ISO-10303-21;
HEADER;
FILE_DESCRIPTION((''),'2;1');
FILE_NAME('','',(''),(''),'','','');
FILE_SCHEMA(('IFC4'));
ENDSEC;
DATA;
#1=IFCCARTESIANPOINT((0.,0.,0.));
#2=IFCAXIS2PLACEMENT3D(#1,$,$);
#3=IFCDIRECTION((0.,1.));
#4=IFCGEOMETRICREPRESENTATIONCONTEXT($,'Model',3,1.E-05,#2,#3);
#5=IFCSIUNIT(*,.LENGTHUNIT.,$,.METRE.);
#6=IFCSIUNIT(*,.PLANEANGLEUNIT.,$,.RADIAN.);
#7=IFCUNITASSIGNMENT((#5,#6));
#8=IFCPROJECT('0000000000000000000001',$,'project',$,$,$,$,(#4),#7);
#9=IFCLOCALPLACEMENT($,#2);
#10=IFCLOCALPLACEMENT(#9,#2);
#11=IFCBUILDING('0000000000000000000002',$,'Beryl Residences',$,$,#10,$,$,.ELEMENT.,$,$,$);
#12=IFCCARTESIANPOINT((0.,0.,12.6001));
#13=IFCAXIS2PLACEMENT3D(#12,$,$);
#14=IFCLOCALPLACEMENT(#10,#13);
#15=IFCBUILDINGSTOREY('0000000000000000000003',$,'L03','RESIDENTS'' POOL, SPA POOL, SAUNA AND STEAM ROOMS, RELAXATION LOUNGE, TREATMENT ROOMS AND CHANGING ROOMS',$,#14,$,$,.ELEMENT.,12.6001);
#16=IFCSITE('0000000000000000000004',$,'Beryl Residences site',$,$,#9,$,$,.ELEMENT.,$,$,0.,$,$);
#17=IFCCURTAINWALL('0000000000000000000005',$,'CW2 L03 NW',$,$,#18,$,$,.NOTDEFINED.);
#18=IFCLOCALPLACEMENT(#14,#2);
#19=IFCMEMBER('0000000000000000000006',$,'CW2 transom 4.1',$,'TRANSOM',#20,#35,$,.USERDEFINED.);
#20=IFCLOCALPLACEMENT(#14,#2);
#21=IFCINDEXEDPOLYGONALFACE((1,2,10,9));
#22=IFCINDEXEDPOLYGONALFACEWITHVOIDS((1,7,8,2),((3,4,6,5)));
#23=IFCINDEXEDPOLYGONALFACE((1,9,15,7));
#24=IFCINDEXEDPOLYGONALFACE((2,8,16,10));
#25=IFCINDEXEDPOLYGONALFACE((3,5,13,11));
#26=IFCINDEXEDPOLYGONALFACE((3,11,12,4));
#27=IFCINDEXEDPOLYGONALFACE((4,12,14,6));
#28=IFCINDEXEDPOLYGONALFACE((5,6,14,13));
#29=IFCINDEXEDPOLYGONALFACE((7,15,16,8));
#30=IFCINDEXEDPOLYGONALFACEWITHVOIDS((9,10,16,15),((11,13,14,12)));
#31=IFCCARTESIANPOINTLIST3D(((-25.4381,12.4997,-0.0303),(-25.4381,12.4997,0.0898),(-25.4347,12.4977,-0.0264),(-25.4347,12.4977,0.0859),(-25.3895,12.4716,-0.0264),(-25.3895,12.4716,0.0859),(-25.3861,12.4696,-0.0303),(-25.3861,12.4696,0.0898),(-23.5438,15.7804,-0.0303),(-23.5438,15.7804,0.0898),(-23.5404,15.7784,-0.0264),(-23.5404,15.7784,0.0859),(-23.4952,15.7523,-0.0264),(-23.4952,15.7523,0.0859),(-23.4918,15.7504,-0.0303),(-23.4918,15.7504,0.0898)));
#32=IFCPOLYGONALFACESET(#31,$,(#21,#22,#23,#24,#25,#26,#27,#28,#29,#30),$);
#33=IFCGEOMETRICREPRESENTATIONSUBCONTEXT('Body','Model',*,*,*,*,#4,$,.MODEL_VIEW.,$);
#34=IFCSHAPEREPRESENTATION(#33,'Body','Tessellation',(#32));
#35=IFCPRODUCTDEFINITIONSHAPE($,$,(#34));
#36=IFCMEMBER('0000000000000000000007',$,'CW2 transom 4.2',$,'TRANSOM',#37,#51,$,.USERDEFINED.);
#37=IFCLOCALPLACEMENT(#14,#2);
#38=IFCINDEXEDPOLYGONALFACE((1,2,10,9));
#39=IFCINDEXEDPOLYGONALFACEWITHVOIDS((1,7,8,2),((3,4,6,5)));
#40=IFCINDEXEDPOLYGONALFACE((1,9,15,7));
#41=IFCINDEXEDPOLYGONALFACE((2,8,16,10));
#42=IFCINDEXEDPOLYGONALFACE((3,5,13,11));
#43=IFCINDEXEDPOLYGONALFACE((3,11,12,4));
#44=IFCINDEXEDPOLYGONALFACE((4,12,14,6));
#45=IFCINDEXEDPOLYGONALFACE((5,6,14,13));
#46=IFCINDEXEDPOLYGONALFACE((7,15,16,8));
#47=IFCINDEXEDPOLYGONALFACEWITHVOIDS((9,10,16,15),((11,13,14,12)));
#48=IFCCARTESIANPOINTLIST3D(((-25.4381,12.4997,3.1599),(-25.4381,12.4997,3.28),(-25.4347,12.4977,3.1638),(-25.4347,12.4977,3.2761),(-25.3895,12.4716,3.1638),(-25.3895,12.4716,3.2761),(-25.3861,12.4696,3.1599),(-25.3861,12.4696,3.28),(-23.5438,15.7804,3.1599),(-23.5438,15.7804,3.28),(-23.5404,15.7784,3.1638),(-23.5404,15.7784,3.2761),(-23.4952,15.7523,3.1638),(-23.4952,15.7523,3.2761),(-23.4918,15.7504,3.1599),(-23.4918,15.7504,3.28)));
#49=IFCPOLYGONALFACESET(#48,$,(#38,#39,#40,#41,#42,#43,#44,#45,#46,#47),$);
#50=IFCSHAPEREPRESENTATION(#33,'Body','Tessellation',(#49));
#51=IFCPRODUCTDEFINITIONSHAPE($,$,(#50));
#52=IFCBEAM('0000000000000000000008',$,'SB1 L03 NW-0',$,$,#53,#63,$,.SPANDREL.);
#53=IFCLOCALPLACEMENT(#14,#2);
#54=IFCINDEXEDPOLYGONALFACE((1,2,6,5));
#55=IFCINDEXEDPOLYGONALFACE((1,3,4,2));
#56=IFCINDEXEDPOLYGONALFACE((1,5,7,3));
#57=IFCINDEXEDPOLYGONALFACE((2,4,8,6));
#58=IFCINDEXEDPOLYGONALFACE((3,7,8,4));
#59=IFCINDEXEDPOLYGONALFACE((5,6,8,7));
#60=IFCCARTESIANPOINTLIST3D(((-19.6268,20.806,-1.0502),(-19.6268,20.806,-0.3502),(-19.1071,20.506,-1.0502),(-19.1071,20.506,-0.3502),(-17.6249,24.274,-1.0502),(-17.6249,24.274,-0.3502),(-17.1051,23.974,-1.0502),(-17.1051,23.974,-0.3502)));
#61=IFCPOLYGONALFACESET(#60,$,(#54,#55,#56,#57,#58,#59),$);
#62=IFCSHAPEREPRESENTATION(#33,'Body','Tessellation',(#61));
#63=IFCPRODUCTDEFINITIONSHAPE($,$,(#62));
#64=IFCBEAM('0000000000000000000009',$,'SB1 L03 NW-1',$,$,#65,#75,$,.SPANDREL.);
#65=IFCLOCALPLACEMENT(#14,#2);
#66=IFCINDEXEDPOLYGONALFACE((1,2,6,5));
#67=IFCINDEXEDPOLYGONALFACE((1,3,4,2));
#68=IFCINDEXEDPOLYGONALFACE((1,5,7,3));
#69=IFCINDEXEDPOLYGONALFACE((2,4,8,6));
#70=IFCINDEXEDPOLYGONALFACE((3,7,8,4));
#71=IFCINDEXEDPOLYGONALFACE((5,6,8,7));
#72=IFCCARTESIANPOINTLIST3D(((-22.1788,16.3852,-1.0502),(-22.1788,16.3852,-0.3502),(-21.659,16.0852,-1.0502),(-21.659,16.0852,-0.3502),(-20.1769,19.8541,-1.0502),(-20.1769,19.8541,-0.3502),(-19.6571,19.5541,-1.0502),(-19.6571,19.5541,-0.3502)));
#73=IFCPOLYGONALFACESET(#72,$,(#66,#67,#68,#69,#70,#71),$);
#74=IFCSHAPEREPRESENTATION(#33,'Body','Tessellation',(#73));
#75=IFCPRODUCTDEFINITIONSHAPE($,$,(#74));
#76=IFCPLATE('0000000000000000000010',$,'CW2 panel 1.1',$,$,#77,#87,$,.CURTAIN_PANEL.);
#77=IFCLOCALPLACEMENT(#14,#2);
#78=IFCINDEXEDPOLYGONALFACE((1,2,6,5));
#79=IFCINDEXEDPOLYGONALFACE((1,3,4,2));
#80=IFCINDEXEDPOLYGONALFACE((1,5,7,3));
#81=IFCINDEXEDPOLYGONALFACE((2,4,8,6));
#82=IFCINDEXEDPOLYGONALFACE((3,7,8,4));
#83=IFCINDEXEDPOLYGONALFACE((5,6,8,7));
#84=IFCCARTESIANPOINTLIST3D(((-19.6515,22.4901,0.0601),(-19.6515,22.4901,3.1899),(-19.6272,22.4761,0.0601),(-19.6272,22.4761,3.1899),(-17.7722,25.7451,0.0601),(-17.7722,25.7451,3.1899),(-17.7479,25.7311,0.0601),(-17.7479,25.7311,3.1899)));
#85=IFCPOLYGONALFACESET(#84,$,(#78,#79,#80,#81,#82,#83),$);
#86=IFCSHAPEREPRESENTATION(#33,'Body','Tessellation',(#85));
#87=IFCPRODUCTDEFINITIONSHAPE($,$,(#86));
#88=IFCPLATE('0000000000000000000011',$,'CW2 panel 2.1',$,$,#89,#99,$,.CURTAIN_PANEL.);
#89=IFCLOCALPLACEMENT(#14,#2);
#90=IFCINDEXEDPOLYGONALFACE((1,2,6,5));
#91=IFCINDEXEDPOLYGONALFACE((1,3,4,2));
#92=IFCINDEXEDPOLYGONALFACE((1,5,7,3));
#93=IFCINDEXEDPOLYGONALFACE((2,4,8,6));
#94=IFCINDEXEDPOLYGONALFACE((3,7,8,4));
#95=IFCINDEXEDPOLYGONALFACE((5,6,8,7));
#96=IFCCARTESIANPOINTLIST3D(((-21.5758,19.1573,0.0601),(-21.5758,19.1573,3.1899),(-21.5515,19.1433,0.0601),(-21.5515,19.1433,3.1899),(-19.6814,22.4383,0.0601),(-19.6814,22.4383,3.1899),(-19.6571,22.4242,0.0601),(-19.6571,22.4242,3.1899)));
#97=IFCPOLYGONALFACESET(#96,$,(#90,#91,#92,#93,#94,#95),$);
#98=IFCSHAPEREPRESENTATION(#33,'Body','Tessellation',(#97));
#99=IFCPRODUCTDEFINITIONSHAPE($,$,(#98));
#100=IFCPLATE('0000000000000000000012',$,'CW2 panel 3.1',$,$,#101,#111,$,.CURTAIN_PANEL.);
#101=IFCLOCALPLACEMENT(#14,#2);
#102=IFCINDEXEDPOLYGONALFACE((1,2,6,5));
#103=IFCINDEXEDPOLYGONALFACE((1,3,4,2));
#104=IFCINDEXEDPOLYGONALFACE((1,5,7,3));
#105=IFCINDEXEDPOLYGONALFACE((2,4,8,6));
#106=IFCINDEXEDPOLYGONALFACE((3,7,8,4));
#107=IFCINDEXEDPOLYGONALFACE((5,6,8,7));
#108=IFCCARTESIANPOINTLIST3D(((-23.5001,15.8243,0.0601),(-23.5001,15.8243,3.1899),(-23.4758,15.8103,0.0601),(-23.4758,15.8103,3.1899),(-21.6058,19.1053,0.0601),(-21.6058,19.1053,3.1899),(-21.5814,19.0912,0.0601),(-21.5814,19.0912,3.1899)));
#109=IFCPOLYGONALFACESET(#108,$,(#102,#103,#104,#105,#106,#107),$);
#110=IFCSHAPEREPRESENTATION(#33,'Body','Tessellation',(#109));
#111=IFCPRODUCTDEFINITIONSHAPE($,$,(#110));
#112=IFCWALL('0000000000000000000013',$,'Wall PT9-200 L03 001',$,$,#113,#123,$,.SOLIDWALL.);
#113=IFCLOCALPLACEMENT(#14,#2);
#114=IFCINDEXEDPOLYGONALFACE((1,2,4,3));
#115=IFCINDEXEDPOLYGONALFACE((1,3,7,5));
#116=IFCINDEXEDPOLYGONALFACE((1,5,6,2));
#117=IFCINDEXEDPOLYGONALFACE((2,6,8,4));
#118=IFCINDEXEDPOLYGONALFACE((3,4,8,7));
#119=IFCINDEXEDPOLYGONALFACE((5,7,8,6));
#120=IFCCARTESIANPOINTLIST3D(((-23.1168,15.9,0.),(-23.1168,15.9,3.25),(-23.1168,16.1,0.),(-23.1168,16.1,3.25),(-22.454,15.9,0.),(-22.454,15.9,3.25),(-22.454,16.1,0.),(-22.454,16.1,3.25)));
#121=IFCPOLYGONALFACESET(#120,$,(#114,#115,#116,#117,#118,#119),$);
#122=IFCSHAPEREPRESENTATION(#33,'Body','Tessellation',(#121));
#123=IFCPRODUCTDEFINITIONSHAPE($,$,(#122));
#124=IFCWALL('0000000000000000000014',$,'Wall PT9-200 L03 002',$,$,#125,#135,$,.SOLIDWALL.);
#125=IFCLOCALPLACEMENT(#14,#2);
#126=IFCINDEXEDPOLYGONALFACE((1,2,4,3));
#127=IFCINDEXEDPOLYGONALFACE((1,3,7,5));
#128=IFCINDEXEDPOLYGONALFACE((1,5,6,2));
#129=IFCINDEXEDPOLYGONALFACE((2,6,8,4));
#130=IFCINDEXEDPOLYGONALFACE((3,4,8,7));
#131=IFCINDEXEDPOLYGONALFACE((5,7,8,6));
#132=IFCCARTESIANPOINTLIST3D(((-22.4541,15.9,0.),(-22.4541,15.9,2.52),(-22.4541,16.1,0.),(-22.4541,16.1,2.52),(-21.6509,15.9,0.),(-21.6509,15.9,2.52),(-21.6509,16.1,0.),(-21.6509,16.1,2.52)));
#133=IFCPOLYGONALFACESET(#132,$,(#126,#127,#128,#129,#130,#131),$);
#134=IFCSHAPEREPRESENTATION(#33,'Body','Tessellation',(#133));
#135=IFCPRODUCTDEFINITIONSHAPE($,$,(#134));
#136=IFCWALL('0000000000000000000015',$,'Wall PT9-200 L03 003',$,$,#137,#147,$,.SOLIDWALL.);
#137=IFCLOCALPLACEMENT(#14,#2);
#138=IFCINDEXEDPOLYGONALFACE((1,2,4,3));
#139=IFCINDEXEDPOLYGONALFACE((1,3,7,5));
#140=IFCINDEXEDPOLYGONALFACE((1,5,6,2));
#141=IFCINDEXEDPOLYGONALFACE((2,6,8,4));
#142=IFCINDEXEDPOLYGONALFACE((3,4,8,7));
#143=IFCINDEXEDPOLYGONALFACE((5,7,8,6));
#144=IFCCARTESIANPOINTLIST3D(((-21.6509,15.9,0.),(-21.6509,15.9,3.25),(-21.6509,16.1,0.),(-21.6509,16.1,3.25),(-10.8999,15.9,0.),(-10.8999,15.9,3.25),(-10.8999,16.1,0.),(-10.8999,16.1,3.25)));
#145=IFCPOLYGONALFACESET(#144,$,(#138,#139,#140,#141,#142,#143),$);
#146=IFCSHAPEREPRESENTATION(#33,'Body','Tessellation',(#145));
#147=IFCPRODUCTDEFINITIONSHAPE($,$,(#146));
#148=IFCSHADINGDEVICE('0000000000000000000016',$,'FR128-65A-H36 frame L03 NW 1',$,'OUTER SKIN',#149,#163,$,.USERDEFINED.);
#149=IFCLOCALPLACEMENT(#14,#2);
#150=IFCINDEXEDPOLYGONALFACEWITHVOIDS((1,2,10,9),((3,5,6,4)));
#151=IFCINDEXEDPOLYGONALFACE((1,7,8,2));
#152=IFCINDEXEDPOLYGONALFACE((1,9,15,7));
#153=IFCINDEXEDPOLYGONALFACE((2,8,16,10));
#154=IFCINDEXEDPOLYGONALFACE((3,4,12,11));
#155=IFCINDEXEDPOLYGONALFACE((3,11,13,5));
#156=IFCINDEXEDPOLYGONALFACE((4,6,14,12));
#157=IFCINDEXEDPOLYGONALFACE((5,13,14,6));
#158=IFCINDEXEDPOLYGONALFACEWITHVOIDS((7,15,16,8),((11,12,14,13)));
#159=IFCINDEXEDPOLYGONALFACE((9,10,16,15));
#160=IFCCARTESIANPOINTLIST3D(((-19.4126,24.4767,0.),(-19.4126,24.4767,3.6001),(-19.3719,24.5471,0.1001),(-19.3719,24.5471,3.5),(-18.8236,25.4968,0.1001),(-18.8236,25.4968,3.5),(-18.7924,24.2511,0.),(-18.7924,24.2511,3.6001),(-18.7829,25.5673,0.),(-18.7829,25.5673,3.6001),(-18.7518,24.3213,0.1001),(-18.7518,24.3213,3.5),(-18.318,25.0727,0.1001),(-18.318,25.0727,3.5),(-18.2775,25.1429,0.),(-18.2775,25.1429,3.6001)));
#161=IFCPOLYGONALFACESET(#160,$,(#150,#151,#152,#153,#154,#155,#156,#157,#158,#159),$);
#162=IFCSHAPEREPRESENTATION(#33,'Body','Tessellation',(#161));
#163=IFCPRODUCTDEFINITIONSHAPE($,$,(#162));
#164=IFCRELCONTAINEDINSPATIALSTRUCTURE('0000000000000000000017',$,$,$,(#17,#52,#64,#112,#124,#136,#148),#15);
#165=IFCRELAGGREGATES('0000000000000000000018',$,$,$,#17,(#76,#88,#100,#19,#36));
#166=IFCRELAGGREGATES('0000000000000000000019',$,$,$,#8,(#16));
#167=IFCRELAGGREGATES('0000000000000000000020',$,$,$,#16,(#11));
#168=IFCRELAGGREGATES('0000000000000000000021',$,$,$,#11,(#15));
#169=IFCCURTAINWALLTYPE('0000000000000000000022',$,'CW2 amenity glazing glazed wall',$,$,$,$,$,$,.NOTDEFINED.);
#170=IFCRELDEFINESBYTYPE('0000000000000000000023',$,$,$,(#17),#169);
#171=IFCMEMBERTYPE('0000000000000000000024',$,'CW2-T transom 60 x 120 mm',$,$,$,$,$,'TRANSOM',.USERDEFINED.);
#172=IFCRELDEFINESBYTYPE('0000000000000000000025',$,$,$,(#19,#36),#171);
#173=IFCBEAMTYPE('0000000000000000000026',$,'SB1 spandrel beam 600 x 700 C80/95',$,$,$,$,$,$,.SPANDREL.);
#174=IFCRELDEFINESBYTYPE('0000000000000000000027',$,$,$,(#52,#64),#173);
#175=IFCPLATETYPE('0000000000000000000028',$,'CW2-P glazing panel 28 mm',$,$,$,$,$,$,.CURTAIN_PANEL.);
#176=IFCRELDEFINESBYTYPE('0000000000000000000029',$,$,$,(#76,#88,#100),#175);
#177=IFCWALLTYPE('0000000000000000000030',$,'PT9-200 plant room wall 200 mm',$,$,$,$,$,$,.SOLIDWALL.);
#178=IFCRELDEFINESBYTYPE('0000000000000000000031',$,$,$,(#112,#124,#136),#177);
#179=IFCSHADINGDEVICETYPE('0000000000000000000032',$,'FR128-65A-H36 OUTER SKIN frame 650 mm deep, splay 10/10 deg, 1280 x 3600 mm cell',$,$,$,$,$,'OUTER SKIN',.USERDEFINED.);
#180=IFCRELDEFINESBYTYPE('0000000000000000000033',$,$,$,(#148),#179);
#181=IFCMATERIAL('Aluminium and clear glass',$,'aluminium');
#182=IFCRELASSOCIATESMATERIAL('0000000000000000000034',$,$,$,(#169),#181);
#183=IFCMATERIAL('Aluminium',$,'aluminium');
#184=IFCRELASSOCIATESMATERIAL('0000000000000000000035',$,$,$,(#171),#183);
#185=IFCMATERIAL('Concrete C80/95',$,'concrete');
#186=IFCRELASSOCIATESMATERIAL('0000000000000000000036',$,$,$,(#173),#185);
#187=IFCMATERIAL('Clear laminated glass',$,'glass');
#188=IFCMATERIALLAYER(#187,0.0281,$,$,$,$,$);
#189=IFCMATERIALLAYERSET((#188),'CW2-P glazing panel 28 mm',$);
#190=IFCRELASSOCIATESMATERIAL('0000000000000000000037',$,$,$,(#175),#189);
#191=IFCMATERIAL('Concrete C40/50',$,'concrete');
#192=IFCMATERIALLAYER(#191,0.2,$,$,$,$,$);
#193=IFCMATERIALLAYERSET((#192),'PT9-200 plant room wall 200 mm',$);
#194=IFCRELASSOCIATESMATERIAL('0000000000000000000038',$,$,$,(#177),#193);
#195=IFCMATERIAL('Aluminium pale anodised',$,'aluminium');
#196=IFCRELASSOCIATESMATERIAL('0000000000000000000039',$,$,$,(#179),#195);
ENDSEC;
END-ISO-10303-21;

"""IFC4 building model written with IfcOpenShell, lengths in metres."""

from ifc_helpers import new_model, entity, si_unit, direction, frame, frame_2d, origin, origin_2d, place, context, subcontext, project, spatial, rectangle, hollow_rectangle, extrude, source, transform, mapped, material, layer, layer_set, material_profile, profile_set, type_object, type_shapes, element, aggregate, save


model = new_model("IFC4")

# Units and contexts
model_context = context("Model", 3, precision=1e-05, world=origin(), true_north=direction((0.0, 1.0)))
body_context = subcontext(model_context, "Body", "Model", "MODEL_VIEW")
ifc_project = project(units=[si_unit("LENGTHUNIT", "METRE"), si_unit("PLANEANGLEUNIT", "RADIAN")], contexts=[model_context])

# Site, building, storey
site_placement = place(None, origin())
site = spatial("IfcSite", under=ifc_project, at=site_placement, Name="Beryl Residences site", CompositionType="ELEMENT", RefElevation=0.0)
building_placement = place(site_placement, origin())
building = spatial("IfcBuilding", under=site, at=building_placement, Name="Beryl Residences", CompositionType="ELEMENT")
storey_placement = place(building_placement, frame((0.0, 0.0, 12.6001)))
storey = spatial("IfcBuildingStorey", under=building, at=storey_placement, Name="L03", Description="RESIDENTS' POOL, SPA POOL, SAUNA AND STEAM ROOMS, RELAXATION LOUNGE, TREATMENT ROOMS AND CHANGING ROOMS", CompositionType="ELEMENT", Elevation=12.6001)

# Curtain wall, members
ifc_material_1 = material(Name="Aluminium and clear glass", Category="aluminium")
curtain_wall_type = type_object("IfcCurtainWallType", Name="CW2 amenity glazing glazed wall", PredefinedType="NOTDEFINED", material=ifc_material_1)
curtain_wall_placement = place(storey_placement, origin())
curtain_wall = element("IfcCurtainWall", 1, at=curtain_wall_placement, inside=storey, type_object=curtain_wall_type, Name="CW2 L03 NW", PredefinedType="NOTDEFINED")
ifc_material_2 = material(Name="Aluminium", Category="aluminium")
ifc_material_profile_1 = material_profile(ifc_material_2, hollow_rectangle(XDim=0.0601, YDim=0.1201, WallThickness=0.0039, at=origin_2d()))
ifc_profile_set_1 = profile_set([ifc_material_profile_1], Name="Aluminium")
member_type_1 = type_object("IfcMemberType", Name="CW2-T transom 60 x 120 mm", ElementType="TRANSOM", PredefinedType="USERDEFINED", material=ifc_profile_set_1)
member_1_placement = place(storey_placement, frame((-23.5178, 15.7654, 0.0298), z_axis=(-0.500027, -0.86601, 0.0), x_axis=(0.86601, -0.500027, 0.0)))
member_1 = element("IfcMember", 2, at=member_1_placement, type_object=member_type_1, Name="CW2 transom 4.1", ObjectType="TRANSOM", PredefinedType="USERDEFINED", context=body_context, shape_type="SweptSolid", body=[
    extrude(hollow_rectangle(XDim=0.0601, YDim=0.1201, WallThickness=0.0039, at=origin_2d()), origin(), (0.0, 0.0, 1.0), 3.7883),
])
member_2_placement = place(storey_placement, frame((-23.5178, 15.7654, 3.22), z_axis=(-0.500027, -0.86601, 0.0), x_axis=(0.86601, -0.500027, 0.0)))
member_2 = element("IfcMember", 3, at=member_2_placement, type_object=member_type_1, Name="CW2 transom 4.2", ObjectType="TRANSOM", PredefinedType="USERDEFINED", context=body_context, shape_type="SweptSolid", body=[
    extrude(hollow_rectangle(XDim=0.0601, YDim=0.1201, WallThickness=0.0039, at=origin_2d()), origin(), (0.0, 0.0, 1.0), 3.7883),
])

# Beams
ifc_material_3 = material(Name="Concrete C80/95", Category="concrete")
ifc_material_profile_2 = material_profile(ifc_material_3, rectangle(XDim=0.6001, YDim=0.7, at=origin_2d()))
ifc_profile_set_2 = profile_set([ifc_material_profile_2], Name="Concrete C80/95")
beam_type = type_object("IfcBeamType", Name="SB1 spandrel beam 600 x 700 C80/95", PredefinedType="SPANDREL", material=ifc_profile_set_2)
beam_1_placement = place(storey_placement, frame((-17.365, 24.124, -0.7002), z_axis=(-0.499942, -0.866059, 0.0), x_axis=(0.866059, -0.499942, 0.0)))
element("IfcBeam", 4, at=beam_1_placement, inside=storey, type_object=beam_type, Name="SB1 L03 NW-0", PredefinedType="SPANDREL", context=body_context, shape_type="SweptSolid", body=[
    extrude(rectangle(XDim=0.6001, YDim=0.7, at=origin_2d()), origin(), (0.0, 0.0, 1.0), 4.0044),
])
beam_2_placement = place(storey_placement, frame((-19.917, 19.7041, -0.7002), z_axis=(-0.499837, -0.86612, 0.0), x_axis=(0.86612, -0.499837, 0.0)))
element("IfcBeam", 5, at=beam_2_placement, inside=storey, type_object=beam_type, Name="SB1 L03 NW-1", PredefinedType="SPANDREL", context=body_context, shape_type="SweptSolid", body=[
    extrude(rectangle(XDim=0.6001, YDim=0.7, at=origin_2d()), origin(), (0.0, 0.0, 1.0), 4.0051),
])

# Plates
ifc_material_4 = material(Name="Clear laminated glass", Category="glass")
ifc_layer_1 = layer(ifc_material_4, 0.0281)
ifc_layer_set_1 = layer_set([ifc_layer_1], Name="CW2-P glazing panel 28 mm")
plate_type = type_object("IfcPlateType", Name="CW2-P glazing panel 28 mm", PredefinedType="CURTAIN_PANEL", material=ifc_layer_set_1)
plate_1_placement = place(storey_placement, frame((-18.6997, 24.1106, 0.0601), z_axis=(0.0, 0.0, 1.0), x_axis=(-0.500012, -0.866019, 0.0)))
plate_1 = element("IfcPlate", 6, at=plate_1_placement, type_object=plate_type, Name="CW2 panel 1.1", PredefinedType="CURTAIN_PANEL", context=body_context, shape_type="SweptSolid", body=[
    extrude(rectangle(XDim=3.7585, YDim=0.0281, at=origin_2d()), origin(), (0.0, 0.0, 1.0), 3.1299),
])
plate_2_placement = place(storey_placement, frame((-20.6165, 20.7908, 0.0601), z_axis=(0.0, 0.0, 1.0), x_axis=(-0.500012, -0.866019, 0.0)))
plate_2 = element("IfcPlate", 7, at=plate_2_placement, type_object=plate_type, Name="CW2 panel 2.1", PredefinedType="CURTAIN_PANEL", context=body_context, shape_type="SweptSolid", body=[
    extrude(rectangle(XDim=3.7886, YDim=0.0281, at=origin_2d()), origin(), (0.0, 0.0, 1.0), 3.1299),
])
plate_3_placement = place(storey_placement, frame((-22.5408, 17.4578, 0.0601), z_axis=(0.0, 0.0, 1.0), x_axis=(-0.500012, -0.866019, 0.0)))
plate_3 = element("IfcPlate", 8, at=plate_3_placement, type_object=plate_type, Name="CW2 panel 3.1", PredefinedType="CURTAIN_PANEL", context=body_context, shape_type="SweptSolid", body=[
    extrude(rectangle(XDim=3.7886, YDim=0.0281, at=origin_2d()), origin(), (0.0, 0.0, 1.0), 3.1299),
])
aggregate(curtain_wall, [plate_1, plate_2, plate_3, member_1, member_2])

# Walls
ifc_material_5 = material(Name="Concrete C40/50", Category="concrete")
ifc_layer_2 = layer(ifc_material_5, 0.2)
ifc_layer_set_2 = layer_set([ifc_layer_2], Name="PT9-200 plant room wall 200 mm")
wall_type = type_object("IfcWallType", Name="PT9-200 plant room wall 200 mm", PredefinedType="SOLIDWALL", material=ifc_layer_set_2)
wall_1_placement = place(storey_placement, frame((-23.1169, 16.0, 0.0), z_axis=(0.0, 0.0, 1.0), x_axis=(1.0, 0.0, 0.0)))
element("IfcWall", 9, at=wall_1_placement, inside=storey, type_object=wall_type, Name="Wall PT9-200 L03 001", PredefinedType="SOLIDWALL", context=body_context, shape_type="SweptSolid", body=[
    extrude(rectangle(XDim=0.6628, YDim=0.2, at=frame_2d((0.3315, 0.0))), origin(), (0.0, 0.0, 1.0), 3.25),
])
wall_2_placement = place(storey_placement, frame((-22.4541, 16.0, 0.0), z_axis=(0.0, 0.0, 1.0), x_axis=(1.0, 0.0, 0.0)))
element("IfcWall", 10, at=wall_2_placement, inside=storey, type_object=wall_type, Name="Wall PT9-200 L03 002", PredefinedType="SOLIDWALL", context=body_context, shape_type="SweptSolid", body=[
    extrude(rectangle(XDim=0.8032, YDim=0.2, at=frame_2d((0.4016, 0.0))), origin(), (0.0, 0.0, 1.0), 2.52),
])
wall_3_placement = place(storey_placement, frame((-21.6509, 16.0, 0.0), z_axis=(0.0, 0.0, 1.0), x_axis=(1.0, 0.0, 0.0)))
element("IfcWall", 11, at=wall_3_placement, inside=storey, type_object=wall_type, Name="Wall PT9-200 L03 003", PredefinedType="SOLIDWALL", context=body_context, shape_type="SweptSolid", body=[
    extrude(rectangle(XDim=10.751, YDim=0.2, at=frame_2d((5.3755, 0.0))), origin(), (0.0, 0.0, 1.0), 3.25),
])

# Shading device
ifc_material_6 = material(Name="Aluminium pale anodised", Category="aluminium")
shading_device_type_1 = type_object("IfcShadingDeviceType", Name="FR128-65A-H36 OUTER SKIN frame 650 mm deep, splay 10/10 deg, 1280 x 3600 mm cell", ElementType="OUTER SKIN", PredefinedType="USERDEFINED", material=ifc_material_6)
cartesian_point_1 = entity("IfcCartesianPoint", [-0.5149, 0.0])
cartesian_point_2 = entity("IfcCartesianPoint", [-0.4338, 0.1001])
cartesian_point_3 = entity("IfcCartesianPoint", [-0.6296, 0.0])
cartesian_point_4 = entity("IfcCartesianPoint", [-0.5483, 0.1001])
shared_shape_1 = source(origin(), body_context, "Body", "SweptSolid", [
    entity("IfcExtrudedAreaSolidTapered", entity("IfcArbitraryProfileDefWithVoids", "AREA", None, entity("IfcPolyline", [cartesian_point_1, entity("IfcCartesianPoint", [0.5149, 0.0]), entity("IfcCartesianPoint", [0.5149, 3.6001]), entity("IfcCartesianPoint", [-0.5149, 3.6001]), cartesian_point_1]), [entity("IfcPolyline", [cartesian_point_2, entity("IfcCartesianPoint", [0.4338, 0.1001]), entity("IfcCartesianPoint", [0.4338, 3.5]), entity("IfcCartesianPoint", [-0.4338, 3.5]), cartesian_point_2])]), entity("IfcAxis2Placement3D", entity("IfcCartesianPoint", [0.0, 0.0, 0.0]), entity("IfcDirection", [0.0, 1.0, 0.0]), entity("IfcDirection", [-1.0, 0.0, 0.0])), entity("IfcDirection", [0.0, 0.0, 1.0]), 0.6499, entity("IfcArbitraryProfileDefWithVoids", "AREA", None, entity("IfcPolyline", [cartesian_point_3, entity("IfcCartesianPoint", [0.6296, 0.0]), entity("IfcCartesianPoint", [0.6296, 3.6001]), entity("IfcCartesianPoint", [-0.6296, 3.6001]), cartesian_point_3]), [entity("IfcPolyline", [cartesian_point_4, entity("IfcCartesianPoint", [0.5483, 0.1001]), entity("IfcCartesianPoint", [0.5483, 3.5]), entity("IfcCartesianPoint", [-0.5483, 3.5]), cartesian_point_4])])),
])
type_shapes(shading_device_type_1, [shared_shape_1])
shading_device_1_placement = place(storey_placement, frame((-18.5349, 24.697, 0.0), z_axis=(0.0, 0.0, 1.0), x_axis=(0.5, 0.866025, 0.0)))
element("IfcShadingDevice", 12, at=shading_device_1_placement, inside=storey, type_object=shading_device_type_1, Name="FR128-65A-H36 frame L03 NW 1", ObjectType="OUTER SKIN", PredefinedType="USERDEFINED", context=body_context, shape_type="MappedRepresentation", body=[
    mapped(shared_shape_1, transform((0.0, 0.0, 0.0))),
])

save(model, "model.ifc")
